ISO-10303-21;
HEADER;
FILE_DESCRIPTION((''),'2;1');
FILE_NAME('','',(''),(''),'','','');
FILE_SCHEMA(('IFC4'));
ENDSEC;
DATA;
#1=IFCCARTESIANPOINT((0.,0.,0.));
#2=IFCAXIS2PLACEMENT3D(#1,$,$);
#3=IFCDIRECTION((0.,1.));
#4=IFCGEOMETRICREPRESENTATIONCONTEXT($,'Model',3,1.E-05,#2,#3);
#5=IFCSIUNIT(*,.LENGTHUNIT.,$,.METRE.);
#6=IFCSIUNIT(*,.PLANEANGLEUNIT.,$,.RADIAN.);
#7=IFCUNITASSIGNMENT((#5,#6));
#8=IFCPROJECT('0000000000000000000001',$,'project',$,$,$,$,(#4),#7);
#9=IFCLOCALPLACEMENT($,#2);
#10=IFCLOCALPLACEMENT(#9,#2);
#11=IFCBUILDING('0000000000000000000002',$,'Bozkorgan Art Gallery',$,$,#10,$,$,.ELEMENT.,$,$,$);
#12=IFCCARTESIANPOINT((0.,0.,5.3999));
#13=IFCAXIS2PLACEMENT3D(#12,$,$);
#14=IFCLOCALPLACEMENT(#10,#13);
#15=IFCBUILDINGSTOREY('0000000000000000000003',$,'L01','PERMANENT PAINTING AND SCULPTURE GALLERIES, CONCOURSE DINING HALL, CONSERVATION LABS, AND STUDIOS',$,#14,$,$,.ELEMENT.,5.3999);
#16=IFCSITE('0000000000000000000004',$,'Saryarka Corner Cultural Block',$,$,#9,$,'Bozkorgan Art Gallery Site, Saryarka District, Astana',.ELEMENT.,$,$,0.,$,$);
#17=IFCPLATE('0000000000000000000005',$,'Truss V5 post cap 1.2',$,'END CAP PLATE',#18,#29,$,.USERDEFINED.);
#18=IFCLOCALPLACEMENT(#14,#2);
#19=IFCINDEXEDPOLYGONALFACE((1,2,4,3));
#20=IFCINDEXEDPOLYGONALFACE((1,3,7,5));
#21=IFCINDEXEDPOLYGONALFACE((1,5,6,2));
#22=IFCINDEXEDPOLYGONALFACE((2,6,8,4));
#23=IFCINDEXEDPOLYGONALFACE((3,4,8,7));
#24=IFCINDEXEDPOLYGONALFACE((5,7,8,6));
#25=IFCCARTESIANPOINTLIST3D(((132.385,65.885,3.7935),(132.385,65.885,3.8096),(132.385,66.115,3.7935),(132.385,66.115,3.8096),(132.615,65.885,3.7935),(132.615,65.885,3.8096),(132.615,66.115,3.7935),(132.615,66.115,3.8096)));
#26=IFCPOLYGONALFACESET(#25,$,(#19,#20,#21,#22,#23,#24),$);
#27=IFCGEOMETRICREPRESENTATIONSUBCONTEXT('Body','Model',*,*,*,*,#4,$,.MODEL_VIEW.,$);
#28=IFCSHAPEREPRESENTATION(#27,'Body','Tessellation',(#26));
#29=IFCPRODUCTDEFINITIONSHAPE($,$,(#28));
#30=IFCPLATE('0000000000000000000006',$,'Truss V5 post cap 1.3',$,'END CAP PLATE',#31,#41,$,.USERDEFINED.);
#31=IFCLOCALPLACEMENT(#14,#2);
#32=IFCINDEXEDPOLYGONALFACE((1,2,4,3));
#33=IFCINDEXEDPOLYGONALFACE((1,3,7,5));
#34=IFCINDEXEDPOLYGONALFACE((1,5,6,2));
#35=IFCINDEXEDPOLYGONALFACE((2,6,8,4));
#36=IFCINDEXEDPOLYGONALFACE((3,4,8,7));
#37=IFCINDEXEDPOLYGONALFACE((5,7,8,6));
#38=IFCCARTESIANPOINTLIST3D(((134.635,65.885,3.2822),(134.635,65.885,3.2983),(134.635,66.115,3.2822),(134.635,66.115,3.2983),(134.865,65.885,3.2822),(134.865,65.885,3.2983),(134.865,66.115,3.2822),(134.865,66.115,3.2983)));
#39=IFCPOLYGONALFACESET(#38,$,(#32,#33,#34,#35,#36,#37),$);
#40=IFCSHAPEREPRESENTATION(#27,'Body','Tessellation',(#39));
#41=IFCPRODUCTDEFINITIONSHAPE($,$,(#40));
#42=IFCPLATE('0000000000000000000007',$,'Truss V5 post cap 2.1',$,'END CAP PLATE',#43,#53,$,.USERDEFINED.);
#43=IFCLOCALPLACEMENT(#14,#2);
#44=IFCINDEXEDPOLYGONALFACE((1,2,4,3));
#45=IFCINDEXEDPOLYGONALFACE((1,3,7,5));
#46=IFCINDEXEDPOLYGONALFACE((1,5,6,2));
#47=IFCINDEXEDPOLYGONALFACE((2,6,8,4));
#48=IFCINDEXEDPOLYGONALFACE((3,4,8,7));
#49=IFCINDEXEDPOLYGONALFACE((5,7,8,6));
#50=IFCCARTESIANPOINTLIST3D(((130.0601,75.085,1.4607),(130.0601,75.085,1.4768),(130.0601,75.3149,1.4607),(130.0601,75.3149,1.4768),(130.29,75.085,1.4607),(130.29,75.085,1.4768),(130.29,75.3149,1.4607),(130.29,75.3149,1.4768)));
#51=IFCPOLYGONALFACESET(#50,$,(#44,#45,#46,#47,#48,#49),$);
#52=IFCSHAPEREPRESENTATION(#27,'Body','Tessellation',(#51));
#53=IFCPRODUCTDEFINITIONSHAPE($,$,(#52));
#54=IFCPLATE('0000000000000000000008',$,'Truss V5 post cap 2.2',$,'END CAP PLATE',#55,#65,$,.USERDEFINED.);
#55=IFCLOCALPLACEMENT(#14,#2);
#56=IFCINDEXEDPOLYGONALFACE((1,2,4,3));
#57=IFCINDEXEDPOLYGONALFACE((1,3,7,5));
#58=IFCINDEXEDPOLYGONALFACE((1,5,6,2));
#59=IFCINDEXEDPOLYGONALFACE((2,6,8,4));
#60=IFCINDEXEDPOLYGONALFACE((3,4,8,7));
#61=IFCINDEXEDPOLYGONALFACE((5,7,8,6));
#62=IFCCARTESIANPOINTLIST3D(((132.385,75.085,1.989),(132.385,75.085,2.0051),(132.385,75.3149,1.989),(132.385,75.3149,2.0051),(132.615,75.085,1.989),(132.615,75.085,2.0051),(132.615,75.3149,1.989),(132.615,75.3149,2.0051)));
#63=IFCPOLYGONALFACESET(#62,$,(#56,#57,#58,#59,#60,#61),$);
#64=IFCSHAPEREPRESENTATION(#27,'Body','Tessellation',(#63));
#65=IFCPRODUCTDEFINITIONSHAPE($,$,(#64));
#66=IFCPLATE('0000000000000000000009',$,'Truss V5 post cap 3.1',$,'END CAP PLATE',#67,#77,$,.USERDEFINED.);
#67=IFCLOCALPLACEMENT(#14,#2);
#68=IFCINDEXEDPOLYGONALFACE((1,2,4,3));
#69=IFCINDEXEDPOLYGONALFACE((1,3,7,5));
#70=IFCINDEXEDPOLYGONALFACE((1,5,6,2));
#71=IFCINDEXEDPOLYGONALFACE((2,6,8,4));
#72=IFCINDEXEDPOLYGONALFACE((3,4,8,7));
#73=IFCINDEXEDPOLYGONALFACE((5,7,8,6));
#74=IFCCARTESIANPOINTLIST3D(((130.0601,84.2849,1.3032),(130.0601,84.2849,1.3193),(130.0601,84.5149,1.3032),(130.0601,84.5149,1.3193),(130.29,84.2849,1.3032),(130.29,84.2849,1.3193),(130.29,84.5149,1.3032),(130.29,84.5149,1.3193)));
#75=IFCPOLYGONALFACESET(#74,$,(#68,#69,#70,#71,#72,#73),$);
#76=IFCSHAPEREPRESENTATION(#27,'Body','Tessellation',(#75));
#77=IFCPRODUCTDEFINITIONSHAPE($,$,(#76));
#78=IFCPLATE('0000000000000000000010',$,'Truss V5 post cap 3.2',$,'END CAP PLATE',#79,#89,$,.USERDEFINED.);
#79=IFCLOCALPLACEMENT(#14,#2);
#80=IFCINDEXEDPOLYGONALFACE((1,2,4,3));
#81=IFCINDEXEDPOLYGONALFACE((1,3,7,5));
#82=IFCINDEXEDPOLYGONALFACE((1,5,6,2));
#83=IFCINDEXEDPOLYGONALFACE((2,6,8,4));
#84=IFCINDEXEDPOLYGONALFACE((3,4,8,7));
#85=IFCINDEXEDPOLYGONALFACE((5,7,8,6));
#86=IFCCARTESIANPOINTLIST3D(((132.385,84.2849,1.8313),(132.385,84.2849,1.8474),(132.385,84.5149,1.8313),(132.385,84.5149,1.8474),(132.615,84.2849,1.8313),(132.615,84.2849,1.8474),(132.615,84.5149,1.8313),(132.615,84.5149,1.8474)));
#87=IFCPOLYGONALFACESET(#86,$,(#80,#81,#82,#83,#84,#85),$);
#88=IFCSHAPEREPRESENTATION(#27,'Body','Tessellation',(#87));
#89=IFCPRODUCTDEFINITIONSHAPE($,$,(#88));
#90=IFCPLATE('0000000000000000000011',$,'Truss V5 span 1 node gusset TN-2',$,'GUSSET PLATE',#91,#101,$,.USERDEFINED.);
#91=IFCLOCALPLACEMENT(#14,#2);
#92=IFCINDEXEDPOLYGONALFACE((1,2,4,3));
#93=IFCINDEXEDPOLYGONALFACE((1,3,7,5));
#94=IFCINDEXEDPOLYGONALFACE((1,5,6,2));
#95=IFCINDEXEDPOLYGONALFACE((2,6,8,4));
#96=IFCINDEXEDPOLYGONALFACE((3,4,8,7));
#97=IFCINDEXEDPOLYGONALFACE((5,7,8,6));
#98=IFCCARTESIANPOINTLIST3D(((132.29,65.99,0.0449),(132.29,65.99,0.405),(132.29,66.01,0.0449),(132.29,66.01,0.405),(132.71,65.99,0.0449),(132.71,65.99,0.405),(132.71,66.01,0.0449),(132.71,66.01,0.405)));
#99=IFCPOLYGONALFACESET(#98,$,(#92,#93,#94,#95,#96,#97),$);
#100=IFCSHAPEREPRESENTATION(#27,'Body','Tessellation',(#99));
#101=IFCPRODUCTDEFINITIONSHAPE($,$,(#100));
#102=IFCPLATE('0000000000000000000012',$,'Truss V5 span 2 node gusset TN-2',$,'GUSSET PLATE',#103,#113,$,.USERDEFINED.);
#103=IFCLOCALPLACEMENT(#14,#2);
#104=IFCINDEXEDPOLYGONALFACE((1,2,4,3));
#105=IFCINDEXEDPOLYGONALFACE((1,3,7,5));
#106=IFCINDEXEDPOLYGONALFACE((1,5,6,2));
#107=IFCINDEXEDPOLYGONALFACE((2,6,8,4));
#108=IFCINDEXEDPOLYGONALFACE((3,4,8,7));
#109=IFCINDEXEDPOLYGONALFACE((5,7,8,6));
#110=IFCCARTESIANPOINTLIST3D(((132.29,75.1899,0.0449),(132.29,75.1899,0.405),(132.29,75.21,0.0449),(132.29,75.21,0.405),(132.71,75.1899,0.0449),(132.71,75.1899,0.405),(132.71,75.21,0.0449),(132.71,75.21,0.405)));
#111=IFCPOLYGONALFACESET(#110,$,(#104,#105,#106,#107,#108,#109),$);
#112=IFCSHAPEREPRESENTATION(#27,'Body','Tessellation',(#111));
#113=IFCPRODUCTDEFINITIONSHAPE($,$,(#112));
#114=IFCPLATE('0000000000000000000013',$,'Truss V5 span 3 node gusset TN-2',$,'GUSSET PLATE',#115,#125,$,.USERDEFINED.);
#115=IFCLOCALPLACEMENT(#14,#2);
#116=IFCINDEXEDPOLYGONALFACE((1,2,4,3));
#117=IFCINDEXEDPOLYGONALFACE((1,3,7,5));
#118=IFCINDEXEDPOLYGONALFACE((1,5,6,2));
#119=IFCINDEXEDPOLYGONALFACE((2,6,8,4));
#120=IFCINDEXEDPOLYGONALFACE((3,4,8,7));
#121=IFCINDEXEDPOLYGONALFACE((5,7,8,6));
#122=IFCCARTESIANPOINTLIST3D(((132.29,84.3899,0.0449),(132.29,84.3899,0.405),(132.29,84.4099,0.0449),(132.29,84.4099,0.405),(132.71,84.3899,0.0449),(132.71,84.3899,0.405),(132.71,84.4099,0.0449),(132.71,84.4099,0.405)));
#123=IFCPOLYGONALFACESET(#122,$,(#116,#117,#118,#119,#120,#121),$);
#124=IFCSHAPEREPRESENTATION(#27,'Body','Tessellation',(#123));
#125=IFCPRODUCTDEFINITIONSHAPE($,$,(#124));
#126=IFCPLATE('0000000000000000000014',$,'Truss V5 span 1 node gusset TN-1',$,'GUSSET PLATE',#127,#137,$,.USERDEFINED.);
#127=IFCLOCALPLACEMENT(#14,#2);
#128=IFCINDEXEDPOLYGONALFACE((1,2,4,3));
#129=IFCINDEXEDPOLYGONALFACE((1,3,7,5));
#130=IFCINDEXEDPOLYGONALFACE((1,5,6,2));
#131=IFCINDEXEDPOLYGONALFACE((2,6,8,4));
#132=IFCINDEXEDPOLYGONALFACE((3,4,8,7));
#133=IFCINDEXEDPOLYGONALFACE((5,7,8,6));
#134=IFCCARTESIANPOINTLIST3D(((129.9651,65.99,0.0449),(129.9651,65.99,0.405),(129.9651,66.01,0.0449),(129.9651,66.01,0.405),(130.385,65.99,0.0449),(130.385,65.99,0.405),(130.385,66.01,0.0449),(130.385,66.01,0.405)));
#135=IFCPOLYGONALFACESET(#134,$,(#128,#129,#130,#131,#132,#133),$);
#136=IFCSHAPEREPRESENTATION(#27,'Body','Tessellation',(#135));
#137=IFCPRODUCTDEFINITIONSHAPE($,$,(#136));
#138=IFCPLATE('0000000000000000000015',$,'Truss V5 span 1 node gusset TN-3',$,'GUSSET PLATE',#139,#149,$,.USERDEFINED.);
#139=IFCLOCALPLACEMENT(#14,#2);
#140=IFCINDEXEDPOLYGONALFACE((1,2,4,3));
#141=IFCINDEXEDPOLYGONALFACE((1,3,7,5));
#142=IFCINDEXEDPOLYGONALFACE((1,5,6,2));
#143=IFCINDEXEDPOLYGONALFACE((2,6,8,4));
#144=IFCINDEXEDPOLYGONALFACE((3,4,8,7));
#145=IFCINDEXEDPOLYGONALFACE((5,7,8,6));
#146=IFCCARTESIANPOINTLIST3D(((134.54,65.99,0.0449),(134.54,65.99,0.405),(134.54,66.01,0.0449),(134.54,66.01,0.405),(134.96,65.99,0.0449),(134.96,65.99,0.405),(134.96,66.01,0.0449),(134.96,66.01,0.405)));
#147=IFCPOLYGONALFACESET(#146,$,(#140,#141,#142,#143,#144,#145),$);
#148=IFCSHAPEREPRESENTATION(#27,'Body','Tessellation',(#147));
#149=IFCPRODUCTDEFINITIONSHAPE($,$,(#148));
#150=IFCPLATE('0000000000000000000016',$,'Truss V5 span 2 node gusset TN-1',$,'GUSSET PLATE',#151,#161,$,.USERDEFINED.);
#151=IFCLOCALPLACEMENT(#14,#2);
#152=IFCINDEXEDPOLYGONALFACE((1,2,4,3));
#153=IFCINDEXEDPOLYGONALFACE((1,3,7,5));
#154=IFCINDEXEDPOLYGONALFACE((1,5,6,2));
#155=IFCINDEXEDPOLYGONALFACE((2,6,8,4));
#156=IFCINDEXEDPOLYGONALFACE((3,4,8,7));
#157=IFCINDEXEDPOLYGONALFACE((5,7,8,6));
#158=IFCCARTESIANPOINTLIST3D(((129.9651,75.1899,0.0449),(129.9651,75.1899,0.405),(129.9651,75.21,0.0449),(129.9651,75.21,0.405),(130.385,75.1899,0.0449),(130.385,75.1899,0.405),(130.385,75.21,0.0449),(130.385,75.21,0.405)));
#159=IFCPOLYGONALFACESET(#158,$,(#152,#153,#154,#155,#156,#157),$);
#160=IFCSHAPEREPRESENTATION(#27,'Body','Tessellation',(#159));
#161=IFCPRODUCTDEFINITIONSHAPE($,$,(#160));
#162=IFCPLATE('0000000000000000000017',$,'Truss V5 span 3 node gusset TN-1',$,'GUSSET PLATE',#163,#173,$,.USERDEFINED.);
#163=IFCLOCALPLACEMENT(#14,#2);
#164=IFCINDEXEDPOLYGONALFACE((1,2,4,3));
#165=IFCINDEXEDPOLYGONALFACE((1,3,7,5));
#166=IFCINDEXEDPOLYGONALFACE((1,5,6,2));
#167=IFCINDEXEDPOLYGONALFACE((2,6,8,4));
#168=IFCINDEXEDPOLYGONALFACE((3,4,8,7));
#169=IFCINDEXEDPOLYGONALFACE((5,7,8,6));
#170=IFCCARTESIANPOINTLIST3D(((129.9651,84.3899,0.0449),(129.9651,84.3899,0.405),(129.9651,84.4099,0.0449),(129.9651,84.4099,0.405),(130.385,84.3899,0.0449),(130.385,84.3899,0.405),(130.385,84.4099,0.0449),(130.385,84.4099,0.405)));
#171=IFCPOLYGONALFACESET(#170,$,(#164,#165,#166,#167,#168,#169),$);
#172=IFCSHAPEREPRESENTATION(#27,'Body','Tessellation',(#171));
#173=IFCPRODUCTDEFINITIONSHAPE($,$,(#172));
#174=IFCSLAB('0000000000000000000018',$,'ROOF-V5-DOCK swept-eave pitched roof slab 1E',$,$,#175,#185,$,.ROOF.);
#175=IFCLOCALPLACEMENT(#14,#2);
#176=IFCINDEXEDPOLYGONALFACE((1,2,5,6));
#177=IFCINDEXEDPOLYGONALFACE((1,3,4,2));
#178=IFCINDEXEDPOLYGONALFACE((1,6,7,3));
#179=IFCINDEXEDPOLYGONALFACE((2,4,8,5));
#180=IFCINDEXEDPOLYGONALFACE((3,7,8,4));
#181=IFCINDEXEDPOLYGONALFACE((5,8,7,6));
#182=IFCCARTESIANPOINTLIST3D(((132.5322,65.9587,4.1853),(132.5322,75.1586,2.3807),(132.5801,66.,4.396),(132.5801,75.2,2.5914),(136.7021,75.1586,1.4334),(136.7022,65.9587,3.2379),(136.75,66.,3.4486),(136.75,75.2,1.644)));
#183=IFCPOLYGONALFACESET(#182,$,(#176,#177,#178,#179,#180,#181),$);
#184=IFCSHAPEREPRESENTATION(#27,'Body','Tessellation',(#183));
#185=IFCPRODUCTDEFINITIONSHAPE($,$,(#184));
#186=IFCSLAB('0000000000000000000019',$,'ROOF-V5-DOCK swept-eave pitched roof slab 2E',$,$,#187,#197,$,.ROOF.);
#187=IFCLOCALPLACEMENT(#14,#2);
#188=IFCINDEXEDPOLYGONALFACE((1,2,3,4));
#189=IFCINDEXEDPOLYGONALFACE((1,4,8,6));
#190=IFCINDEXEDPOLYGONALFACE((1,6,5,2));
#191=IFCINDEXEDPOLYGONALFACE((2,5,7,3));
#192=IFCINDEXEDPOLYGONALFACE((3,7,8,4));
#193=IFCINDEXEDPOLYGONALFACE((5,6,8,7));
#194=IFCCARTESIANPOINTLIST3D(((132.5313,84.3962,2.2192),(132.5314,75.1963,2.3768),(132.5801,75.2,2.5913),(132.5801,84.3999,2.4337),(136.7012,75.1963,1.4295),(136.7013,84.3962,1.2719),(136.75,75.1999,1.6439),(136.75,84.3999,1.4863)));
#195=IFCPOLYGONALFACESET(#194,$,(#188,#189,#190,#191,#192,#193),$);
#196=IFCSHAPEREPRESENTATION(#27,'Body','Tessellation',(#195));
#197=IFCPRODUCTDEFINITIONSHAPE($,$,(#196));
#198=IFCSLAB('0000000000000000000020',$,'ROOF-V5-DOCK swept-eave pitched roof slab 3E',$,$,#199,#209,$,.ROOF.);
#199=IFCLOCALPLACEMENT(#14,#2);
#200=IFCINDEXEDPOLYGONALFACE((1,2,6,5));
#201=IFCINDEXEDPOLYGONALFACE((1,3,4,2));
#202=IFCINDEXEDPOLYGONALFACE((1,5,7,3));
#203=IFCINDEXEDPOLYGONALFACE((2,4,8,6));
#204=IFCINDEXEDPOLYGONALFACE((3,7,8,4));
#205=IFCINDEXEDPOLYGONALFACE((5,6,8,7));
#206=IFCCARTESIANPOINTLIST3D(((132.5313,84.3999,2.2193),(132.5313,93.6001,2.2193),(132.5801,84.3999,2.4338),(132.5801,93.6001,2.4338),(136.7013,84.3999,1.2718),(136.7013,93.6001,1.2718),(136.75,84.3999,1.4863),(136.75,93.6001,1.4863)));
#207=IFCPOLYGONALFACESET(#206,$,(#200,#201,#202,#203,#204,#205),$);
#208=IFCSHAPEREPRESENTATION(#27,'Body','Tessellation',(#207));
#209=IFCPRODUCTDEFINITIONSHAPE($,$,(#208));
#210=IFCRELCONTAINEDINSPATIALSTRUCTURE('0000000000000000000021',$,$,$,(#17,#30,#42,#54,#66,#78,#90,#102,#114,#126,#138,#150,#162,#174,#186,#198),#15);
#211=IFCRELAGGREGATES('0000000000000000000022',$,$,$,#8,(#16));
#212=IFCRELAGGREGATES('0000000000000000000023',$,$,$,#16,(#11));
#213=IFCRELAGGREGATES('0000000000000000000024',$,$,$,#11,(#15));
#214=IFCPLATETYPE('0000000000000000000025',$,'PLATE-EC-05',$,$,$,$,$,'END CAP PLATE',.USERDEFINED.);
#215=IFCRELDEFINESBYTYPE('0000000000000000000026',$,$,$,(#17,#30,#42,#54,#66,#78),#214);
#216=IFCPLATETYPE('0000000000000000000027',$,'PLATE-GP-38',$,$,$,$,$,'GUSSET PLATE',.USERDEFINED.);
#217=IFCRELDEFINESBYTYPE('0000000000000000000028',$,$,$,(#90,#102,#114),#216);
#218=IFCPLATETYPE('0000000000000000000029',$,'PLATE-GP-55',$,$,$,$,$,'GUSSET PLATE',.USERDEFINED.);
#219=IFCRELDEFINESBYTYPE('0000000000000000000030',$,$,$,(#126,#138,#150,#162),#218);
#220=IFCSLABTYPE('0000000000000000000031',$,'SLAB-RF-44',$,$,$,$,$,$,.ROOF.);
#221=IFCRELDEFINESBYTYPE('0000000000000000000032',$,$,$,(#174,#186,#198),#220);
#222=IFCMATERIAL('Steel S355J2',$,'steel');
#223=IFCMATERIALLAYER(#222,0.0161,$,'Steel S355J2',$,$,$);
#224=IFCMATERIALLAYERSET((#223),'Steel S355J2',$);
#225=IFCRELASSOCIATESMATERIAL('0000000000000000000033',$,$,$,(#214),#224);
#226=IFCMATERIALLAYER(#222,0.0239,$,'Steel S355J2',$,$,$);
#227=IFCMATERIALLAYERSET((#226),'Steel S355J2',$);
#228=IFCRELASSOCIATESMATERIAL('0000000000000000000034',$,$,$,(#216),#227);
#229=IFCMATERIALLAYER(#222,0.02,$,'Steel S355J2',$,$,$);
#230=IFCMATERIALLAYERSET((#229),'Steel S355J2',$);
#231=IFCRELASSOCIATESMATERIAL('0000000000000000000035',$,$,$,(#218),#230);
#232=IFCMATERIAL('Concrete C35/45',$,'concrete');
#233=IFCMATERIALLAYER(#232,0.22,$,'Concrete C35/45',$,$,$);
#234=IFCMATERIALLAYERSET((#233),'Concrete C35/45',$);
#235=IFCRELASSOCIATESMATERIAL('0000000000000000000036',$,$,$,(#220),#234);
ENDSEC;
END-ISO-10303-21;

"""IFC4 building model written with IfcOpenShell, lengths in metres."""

from ifc_helpers import new_model, si_unit, direction, frame, origin, origin_2d, place, context, subcontext, project, spatial, polyline, rectangle, outline, extrude, material, layer, layer_set, type_object, element, save


model = new_model("IFC4")

# Units and contexts
model_context = context("Model", 3, precision=1e-05, world=origin(), true_north=direction((0.0, 1.0)))
body_context = subcontext(model_context, "Body", "Model", "MODEL_VIEW")
ifc_project = project(units=[si_unit("LENGTHUNIT", "METRE"), si_unit("PLANEANGLEUNIT", "RADIAN")], contexts=[model_context])

# Site, building, storey
site_placement = place(None, origin())
site = spatial("IfcSite", under=ifc_project, at=site_placement, Name="Saryarka Corner Cultural Block", LongName="Bozkorgan Art Gallery Site, Saryarka District, Astana", CompositionType="ELEMENT", RefElevation=0.0)
building_placement = place(site_placement, origin())
building = spatial("IfcBuilding", under=site, at=building_placement, Name="Bozkorgan Art Gallery", CompositionType="ELEMENT")
storey_placement = place(building_placement, frame((0.0, 0.0, 5.3999)))
storey = spatial("IfcBuildingStorey", under=building, at=storey_placement, Name="L01", Description="PERMANENT PAINTING AND SCULPTURE GALLERIES, CONCOURSE DINING HALL, CONSERVATION LABS, AND STUDIOS", CompositionType="ELEMENT", Elevation=5.3999)

# Shared definitions
ifc_material_1 = material(Name="Steel S355J2", Category="steel")

# Plates
ifc_layer_1 = layer(ifc_material_1, 0.0161, Name="Steel S355J2")
ifc_layer_set_1 = layer_set([ifc_layer_1], Name="Steel S355J2")
plate_type_1 = type_object("IfcPlateType", Name="PLATE-EC-05", ElementType="END CAP PLATE", PredefinedType="USERDEFINED", material=ifc_layer_set_1)
for number, where, z_axis, x_axis, name in (
    (1, (132.5, 66.0, 3.7935), (0.0, 0.0, 1.0), (1.0, 0.0, 0.0), "Truss V5 post cap 1.2"),
    (2, (134.75, 66.0, 3.2822), (0.0, 0.0, 1.0), (1.0, 0.0, 0.0), "Truss V5 post cap 1.3"),
    (3, (130.175, 75.2, 1.4607), (0.0, 0.0, 1.0), (1.0, 0.0, 0.0), "Truss V5 post cap 2.1"),
    (4, (132.5, 75.2, 1.989), (0.0, 0.0, 1.0), (1.0, 0.0, 0.0), "Truss V5 post cap 2.2"),
    (5, (130.175, 84.3999, 1.3032), (0.0, 0.0, 1.0), (1.0, 0.0, 0.0), "Truss V5 post cap 3.1"),
    (6, (132.5, 84.3999, 1.8313), (0.0, 0.0, 1.0), (1.0, 0.0, 0.0), "Truss V5 post cap 3.2"),
):
    element("IfcPlate", number, at=place(storey_placement, frame(where, z_axis=z_axis, x_axis=x_axis)), inside=storey, type_object=plate_type_1, Name=name, ObjectType="END CAP PLATE", PredefinedType="USERDEFINED", context=body_context, shape_type="SweptSolid", body=[
        extrude(rectangle(XDim=0.23, YDim=0.23, at=origin_2d()), origin(), (0.0, 0.0, 1.0), 0.0161),
    ])
ifc_layer_2 = layer(ifc_material_1, 0.0239, Name="Steel S355J2")
ifc_layer_set_2 = layer_set([ifc_layer_2], Name="Steel S355J2")
plate_type_2 = type_object("IfcPlateType", Name="PLATE-GP-38", ElementType="GUSSET PLATE", PredefinedType="USERDEFINED", material=ifc_layer_set_2)
for number, where, z_axis, x_axis, name in (
    (7, (132.5, 66.0, 0.0449), (0.0, 0.0, 1.0), (1.0, 0.0, 0.0), "Truss V5 span 1 node gusset TN-2"),
    (8, (132.5, 75.2, 0.0449), (0.0, 0.0, 1.0), (1.0, 0.0, 0.0), "Truss V5 span 2 node gusset TN-2"),
    (9, (132.5, 84.3999, 0.0449), (0.0, 0.0, 1.0), (1.0, 0.0, 0.0), "Truss V5 span 3 node gusset TN-2"),
):
    element("IfcPlate", number, at=place(storey_placement, frame(where, z_axis=z_axis, x_axis=x_axis)), inside=storey, type_object=plate_type_2, Name=name, ObjectType="GUSSET PLATE", PredefinedType="USERDEFINED", context=body_context, shape_type="SweptSolid", body=[
        extrude(rectangle(XDim=0.4199, YDim=0.02, at=origin_2d()), origin(), (0.0, 0.0, 1.0), 0.3601),
    ])
ifc_layer_3 = layer(ifc_material_1, 0.02, Name="Steel S355J2")
ifc_layer_set_3 = layer_set([ifc_layer_3], Name="Steel S355J2")
plate_type_3 = type_object("IfcPlateType", Name="PLATE-GP-55", ElementType="GUSSET PLATE", PredefinedType="USERDEFINED", material=ifc_layer_set_3)
for number, where, z_axis, x_axis, name in (
    (10, (130.175, 66.0, 0.0449), (0.0, 0.0, 1.0), (1.0, 0.0, 0.0), "Truss V5 span 1 node gusset TN-1"),
    (11, (134.75, 66.0, 0.0449), (0.0, 0.0, 1.0), (1.0, 0.0, 0.0), "Truss V5 span 1 node gusset TN-3"),
    (12, (130.175, 75.2, 0.0449), (0.0, 0.0, 1.0), (1.0, 0.0, 0.0), "Truss V5 span 2 node gusset TN-1"),
    (13, (130.175, 84.3999, 0.0449), (0.0, 0.0, 1.0), (1.0, 0.0, 0.0), "Truss V5 span 3 node gusset TN-1"),
):
    element("IfcPlate", number, at=place(storey_placement, frame(where, z_axis=z_axis, x_axis=x_axis)), inside=storey, type_object=plate_type_3, Name=name, ObjectType="GUSSET PLATE", PredefinedType="USERDEFINED", context=body_context, shape_type="SweptSolid", body=[
        extrude(rectangle(XDim=0.4199, YDim=0.02, at=origin_2d()), origin(), (0.0, 0.0, 1.0), 0.3601),
    ])

# Slabs
ifc_material_2 = material(Name="Concrete C35/45", Category="concrete")
ifc_layer_4 = layer(ifc_material_2, 0.22, Name="Concrete C35/45")
ifc_layer_set_4 = layer_set([ifc_layer_4], Name="Concrete C35/45")
slab_type = type_object("IfcSlabType", Name="SLAB-RF-44", PredefinedType="ROOF", material=ifc_layer_set_4)
slab_1_placement = place(storey_placement, frame((132.5801, 66.0, 4.396), z_axis=(0.217605, 0.187869, 0.957786), x_axis=(0.975149, 0.000005, -0.22155)))
element("IfcSlab", 14, at=slab_1_placement, inside=storey, type_object=slab_type, Name="ROOF-V5-DOCK swept-eave pitched roof slab 1E", PredefinedType="ROOF", context=body_context, shape_type="SweptSolid", body=[
    extrude(outline(polyline([(0.0, 0.0), (4.2762, 0.0), (4.676, 9.3667), (0.3999, 9.3668), (0.0, 0.0)])), origin(), (0.0, 0.0, -1.0), 0.22),
])
slab_2_placement = place(storey_placement, frame((132.5801, 75.2, 2.5913), z_axis=(0.221519, 0.016702, 0.975013), x_axis=(0.975149, 0.0, -0.22155)))
element("IfcSlab", 15, at=slab_2_placement, inside=storey, type_object=slab_type, Name="ROOF-V5-DOCK swept-eave pitched roof slab 2E", PredefinedType="ROOF", context=body_context, shape_type="SweptSolid", body=[
    extrude(outline(polyline([(0.0, 0.0), (4.2762, 0.0), (4.3111, 9.2012), (0.0349, 9.2012), (0.0, 0.0)])), origin(), (0.0, 0.0, -1.0), 0.22),
])
slab_3_placement = place(storey_placement, frame((132.5801, 84.3999, 2.4338), z_axis=(0.221577, 0.0, 0.975143), x_axis=(0.975143, 0.0, -0.221577)))
element("IfcSlab", 16, at=slab_3_placement, inside=storey, type_object=slab_type, Name="ROOF-V5-DOCK swept-eave pitched roof slab 3E", PredefinedType="ROOF", context=body_context, shape_type="SweptSolid", body=[
    extrude(outline(polyline([(0.0, 0.0), (4.2762, 0.0), (4.2762, 9.2002), (0.0, 9.2002), (0.0, 0.0)])), origin(), (0.0, 0.0, -1.0), 0.22),
])

save(model, "model.ifc")
